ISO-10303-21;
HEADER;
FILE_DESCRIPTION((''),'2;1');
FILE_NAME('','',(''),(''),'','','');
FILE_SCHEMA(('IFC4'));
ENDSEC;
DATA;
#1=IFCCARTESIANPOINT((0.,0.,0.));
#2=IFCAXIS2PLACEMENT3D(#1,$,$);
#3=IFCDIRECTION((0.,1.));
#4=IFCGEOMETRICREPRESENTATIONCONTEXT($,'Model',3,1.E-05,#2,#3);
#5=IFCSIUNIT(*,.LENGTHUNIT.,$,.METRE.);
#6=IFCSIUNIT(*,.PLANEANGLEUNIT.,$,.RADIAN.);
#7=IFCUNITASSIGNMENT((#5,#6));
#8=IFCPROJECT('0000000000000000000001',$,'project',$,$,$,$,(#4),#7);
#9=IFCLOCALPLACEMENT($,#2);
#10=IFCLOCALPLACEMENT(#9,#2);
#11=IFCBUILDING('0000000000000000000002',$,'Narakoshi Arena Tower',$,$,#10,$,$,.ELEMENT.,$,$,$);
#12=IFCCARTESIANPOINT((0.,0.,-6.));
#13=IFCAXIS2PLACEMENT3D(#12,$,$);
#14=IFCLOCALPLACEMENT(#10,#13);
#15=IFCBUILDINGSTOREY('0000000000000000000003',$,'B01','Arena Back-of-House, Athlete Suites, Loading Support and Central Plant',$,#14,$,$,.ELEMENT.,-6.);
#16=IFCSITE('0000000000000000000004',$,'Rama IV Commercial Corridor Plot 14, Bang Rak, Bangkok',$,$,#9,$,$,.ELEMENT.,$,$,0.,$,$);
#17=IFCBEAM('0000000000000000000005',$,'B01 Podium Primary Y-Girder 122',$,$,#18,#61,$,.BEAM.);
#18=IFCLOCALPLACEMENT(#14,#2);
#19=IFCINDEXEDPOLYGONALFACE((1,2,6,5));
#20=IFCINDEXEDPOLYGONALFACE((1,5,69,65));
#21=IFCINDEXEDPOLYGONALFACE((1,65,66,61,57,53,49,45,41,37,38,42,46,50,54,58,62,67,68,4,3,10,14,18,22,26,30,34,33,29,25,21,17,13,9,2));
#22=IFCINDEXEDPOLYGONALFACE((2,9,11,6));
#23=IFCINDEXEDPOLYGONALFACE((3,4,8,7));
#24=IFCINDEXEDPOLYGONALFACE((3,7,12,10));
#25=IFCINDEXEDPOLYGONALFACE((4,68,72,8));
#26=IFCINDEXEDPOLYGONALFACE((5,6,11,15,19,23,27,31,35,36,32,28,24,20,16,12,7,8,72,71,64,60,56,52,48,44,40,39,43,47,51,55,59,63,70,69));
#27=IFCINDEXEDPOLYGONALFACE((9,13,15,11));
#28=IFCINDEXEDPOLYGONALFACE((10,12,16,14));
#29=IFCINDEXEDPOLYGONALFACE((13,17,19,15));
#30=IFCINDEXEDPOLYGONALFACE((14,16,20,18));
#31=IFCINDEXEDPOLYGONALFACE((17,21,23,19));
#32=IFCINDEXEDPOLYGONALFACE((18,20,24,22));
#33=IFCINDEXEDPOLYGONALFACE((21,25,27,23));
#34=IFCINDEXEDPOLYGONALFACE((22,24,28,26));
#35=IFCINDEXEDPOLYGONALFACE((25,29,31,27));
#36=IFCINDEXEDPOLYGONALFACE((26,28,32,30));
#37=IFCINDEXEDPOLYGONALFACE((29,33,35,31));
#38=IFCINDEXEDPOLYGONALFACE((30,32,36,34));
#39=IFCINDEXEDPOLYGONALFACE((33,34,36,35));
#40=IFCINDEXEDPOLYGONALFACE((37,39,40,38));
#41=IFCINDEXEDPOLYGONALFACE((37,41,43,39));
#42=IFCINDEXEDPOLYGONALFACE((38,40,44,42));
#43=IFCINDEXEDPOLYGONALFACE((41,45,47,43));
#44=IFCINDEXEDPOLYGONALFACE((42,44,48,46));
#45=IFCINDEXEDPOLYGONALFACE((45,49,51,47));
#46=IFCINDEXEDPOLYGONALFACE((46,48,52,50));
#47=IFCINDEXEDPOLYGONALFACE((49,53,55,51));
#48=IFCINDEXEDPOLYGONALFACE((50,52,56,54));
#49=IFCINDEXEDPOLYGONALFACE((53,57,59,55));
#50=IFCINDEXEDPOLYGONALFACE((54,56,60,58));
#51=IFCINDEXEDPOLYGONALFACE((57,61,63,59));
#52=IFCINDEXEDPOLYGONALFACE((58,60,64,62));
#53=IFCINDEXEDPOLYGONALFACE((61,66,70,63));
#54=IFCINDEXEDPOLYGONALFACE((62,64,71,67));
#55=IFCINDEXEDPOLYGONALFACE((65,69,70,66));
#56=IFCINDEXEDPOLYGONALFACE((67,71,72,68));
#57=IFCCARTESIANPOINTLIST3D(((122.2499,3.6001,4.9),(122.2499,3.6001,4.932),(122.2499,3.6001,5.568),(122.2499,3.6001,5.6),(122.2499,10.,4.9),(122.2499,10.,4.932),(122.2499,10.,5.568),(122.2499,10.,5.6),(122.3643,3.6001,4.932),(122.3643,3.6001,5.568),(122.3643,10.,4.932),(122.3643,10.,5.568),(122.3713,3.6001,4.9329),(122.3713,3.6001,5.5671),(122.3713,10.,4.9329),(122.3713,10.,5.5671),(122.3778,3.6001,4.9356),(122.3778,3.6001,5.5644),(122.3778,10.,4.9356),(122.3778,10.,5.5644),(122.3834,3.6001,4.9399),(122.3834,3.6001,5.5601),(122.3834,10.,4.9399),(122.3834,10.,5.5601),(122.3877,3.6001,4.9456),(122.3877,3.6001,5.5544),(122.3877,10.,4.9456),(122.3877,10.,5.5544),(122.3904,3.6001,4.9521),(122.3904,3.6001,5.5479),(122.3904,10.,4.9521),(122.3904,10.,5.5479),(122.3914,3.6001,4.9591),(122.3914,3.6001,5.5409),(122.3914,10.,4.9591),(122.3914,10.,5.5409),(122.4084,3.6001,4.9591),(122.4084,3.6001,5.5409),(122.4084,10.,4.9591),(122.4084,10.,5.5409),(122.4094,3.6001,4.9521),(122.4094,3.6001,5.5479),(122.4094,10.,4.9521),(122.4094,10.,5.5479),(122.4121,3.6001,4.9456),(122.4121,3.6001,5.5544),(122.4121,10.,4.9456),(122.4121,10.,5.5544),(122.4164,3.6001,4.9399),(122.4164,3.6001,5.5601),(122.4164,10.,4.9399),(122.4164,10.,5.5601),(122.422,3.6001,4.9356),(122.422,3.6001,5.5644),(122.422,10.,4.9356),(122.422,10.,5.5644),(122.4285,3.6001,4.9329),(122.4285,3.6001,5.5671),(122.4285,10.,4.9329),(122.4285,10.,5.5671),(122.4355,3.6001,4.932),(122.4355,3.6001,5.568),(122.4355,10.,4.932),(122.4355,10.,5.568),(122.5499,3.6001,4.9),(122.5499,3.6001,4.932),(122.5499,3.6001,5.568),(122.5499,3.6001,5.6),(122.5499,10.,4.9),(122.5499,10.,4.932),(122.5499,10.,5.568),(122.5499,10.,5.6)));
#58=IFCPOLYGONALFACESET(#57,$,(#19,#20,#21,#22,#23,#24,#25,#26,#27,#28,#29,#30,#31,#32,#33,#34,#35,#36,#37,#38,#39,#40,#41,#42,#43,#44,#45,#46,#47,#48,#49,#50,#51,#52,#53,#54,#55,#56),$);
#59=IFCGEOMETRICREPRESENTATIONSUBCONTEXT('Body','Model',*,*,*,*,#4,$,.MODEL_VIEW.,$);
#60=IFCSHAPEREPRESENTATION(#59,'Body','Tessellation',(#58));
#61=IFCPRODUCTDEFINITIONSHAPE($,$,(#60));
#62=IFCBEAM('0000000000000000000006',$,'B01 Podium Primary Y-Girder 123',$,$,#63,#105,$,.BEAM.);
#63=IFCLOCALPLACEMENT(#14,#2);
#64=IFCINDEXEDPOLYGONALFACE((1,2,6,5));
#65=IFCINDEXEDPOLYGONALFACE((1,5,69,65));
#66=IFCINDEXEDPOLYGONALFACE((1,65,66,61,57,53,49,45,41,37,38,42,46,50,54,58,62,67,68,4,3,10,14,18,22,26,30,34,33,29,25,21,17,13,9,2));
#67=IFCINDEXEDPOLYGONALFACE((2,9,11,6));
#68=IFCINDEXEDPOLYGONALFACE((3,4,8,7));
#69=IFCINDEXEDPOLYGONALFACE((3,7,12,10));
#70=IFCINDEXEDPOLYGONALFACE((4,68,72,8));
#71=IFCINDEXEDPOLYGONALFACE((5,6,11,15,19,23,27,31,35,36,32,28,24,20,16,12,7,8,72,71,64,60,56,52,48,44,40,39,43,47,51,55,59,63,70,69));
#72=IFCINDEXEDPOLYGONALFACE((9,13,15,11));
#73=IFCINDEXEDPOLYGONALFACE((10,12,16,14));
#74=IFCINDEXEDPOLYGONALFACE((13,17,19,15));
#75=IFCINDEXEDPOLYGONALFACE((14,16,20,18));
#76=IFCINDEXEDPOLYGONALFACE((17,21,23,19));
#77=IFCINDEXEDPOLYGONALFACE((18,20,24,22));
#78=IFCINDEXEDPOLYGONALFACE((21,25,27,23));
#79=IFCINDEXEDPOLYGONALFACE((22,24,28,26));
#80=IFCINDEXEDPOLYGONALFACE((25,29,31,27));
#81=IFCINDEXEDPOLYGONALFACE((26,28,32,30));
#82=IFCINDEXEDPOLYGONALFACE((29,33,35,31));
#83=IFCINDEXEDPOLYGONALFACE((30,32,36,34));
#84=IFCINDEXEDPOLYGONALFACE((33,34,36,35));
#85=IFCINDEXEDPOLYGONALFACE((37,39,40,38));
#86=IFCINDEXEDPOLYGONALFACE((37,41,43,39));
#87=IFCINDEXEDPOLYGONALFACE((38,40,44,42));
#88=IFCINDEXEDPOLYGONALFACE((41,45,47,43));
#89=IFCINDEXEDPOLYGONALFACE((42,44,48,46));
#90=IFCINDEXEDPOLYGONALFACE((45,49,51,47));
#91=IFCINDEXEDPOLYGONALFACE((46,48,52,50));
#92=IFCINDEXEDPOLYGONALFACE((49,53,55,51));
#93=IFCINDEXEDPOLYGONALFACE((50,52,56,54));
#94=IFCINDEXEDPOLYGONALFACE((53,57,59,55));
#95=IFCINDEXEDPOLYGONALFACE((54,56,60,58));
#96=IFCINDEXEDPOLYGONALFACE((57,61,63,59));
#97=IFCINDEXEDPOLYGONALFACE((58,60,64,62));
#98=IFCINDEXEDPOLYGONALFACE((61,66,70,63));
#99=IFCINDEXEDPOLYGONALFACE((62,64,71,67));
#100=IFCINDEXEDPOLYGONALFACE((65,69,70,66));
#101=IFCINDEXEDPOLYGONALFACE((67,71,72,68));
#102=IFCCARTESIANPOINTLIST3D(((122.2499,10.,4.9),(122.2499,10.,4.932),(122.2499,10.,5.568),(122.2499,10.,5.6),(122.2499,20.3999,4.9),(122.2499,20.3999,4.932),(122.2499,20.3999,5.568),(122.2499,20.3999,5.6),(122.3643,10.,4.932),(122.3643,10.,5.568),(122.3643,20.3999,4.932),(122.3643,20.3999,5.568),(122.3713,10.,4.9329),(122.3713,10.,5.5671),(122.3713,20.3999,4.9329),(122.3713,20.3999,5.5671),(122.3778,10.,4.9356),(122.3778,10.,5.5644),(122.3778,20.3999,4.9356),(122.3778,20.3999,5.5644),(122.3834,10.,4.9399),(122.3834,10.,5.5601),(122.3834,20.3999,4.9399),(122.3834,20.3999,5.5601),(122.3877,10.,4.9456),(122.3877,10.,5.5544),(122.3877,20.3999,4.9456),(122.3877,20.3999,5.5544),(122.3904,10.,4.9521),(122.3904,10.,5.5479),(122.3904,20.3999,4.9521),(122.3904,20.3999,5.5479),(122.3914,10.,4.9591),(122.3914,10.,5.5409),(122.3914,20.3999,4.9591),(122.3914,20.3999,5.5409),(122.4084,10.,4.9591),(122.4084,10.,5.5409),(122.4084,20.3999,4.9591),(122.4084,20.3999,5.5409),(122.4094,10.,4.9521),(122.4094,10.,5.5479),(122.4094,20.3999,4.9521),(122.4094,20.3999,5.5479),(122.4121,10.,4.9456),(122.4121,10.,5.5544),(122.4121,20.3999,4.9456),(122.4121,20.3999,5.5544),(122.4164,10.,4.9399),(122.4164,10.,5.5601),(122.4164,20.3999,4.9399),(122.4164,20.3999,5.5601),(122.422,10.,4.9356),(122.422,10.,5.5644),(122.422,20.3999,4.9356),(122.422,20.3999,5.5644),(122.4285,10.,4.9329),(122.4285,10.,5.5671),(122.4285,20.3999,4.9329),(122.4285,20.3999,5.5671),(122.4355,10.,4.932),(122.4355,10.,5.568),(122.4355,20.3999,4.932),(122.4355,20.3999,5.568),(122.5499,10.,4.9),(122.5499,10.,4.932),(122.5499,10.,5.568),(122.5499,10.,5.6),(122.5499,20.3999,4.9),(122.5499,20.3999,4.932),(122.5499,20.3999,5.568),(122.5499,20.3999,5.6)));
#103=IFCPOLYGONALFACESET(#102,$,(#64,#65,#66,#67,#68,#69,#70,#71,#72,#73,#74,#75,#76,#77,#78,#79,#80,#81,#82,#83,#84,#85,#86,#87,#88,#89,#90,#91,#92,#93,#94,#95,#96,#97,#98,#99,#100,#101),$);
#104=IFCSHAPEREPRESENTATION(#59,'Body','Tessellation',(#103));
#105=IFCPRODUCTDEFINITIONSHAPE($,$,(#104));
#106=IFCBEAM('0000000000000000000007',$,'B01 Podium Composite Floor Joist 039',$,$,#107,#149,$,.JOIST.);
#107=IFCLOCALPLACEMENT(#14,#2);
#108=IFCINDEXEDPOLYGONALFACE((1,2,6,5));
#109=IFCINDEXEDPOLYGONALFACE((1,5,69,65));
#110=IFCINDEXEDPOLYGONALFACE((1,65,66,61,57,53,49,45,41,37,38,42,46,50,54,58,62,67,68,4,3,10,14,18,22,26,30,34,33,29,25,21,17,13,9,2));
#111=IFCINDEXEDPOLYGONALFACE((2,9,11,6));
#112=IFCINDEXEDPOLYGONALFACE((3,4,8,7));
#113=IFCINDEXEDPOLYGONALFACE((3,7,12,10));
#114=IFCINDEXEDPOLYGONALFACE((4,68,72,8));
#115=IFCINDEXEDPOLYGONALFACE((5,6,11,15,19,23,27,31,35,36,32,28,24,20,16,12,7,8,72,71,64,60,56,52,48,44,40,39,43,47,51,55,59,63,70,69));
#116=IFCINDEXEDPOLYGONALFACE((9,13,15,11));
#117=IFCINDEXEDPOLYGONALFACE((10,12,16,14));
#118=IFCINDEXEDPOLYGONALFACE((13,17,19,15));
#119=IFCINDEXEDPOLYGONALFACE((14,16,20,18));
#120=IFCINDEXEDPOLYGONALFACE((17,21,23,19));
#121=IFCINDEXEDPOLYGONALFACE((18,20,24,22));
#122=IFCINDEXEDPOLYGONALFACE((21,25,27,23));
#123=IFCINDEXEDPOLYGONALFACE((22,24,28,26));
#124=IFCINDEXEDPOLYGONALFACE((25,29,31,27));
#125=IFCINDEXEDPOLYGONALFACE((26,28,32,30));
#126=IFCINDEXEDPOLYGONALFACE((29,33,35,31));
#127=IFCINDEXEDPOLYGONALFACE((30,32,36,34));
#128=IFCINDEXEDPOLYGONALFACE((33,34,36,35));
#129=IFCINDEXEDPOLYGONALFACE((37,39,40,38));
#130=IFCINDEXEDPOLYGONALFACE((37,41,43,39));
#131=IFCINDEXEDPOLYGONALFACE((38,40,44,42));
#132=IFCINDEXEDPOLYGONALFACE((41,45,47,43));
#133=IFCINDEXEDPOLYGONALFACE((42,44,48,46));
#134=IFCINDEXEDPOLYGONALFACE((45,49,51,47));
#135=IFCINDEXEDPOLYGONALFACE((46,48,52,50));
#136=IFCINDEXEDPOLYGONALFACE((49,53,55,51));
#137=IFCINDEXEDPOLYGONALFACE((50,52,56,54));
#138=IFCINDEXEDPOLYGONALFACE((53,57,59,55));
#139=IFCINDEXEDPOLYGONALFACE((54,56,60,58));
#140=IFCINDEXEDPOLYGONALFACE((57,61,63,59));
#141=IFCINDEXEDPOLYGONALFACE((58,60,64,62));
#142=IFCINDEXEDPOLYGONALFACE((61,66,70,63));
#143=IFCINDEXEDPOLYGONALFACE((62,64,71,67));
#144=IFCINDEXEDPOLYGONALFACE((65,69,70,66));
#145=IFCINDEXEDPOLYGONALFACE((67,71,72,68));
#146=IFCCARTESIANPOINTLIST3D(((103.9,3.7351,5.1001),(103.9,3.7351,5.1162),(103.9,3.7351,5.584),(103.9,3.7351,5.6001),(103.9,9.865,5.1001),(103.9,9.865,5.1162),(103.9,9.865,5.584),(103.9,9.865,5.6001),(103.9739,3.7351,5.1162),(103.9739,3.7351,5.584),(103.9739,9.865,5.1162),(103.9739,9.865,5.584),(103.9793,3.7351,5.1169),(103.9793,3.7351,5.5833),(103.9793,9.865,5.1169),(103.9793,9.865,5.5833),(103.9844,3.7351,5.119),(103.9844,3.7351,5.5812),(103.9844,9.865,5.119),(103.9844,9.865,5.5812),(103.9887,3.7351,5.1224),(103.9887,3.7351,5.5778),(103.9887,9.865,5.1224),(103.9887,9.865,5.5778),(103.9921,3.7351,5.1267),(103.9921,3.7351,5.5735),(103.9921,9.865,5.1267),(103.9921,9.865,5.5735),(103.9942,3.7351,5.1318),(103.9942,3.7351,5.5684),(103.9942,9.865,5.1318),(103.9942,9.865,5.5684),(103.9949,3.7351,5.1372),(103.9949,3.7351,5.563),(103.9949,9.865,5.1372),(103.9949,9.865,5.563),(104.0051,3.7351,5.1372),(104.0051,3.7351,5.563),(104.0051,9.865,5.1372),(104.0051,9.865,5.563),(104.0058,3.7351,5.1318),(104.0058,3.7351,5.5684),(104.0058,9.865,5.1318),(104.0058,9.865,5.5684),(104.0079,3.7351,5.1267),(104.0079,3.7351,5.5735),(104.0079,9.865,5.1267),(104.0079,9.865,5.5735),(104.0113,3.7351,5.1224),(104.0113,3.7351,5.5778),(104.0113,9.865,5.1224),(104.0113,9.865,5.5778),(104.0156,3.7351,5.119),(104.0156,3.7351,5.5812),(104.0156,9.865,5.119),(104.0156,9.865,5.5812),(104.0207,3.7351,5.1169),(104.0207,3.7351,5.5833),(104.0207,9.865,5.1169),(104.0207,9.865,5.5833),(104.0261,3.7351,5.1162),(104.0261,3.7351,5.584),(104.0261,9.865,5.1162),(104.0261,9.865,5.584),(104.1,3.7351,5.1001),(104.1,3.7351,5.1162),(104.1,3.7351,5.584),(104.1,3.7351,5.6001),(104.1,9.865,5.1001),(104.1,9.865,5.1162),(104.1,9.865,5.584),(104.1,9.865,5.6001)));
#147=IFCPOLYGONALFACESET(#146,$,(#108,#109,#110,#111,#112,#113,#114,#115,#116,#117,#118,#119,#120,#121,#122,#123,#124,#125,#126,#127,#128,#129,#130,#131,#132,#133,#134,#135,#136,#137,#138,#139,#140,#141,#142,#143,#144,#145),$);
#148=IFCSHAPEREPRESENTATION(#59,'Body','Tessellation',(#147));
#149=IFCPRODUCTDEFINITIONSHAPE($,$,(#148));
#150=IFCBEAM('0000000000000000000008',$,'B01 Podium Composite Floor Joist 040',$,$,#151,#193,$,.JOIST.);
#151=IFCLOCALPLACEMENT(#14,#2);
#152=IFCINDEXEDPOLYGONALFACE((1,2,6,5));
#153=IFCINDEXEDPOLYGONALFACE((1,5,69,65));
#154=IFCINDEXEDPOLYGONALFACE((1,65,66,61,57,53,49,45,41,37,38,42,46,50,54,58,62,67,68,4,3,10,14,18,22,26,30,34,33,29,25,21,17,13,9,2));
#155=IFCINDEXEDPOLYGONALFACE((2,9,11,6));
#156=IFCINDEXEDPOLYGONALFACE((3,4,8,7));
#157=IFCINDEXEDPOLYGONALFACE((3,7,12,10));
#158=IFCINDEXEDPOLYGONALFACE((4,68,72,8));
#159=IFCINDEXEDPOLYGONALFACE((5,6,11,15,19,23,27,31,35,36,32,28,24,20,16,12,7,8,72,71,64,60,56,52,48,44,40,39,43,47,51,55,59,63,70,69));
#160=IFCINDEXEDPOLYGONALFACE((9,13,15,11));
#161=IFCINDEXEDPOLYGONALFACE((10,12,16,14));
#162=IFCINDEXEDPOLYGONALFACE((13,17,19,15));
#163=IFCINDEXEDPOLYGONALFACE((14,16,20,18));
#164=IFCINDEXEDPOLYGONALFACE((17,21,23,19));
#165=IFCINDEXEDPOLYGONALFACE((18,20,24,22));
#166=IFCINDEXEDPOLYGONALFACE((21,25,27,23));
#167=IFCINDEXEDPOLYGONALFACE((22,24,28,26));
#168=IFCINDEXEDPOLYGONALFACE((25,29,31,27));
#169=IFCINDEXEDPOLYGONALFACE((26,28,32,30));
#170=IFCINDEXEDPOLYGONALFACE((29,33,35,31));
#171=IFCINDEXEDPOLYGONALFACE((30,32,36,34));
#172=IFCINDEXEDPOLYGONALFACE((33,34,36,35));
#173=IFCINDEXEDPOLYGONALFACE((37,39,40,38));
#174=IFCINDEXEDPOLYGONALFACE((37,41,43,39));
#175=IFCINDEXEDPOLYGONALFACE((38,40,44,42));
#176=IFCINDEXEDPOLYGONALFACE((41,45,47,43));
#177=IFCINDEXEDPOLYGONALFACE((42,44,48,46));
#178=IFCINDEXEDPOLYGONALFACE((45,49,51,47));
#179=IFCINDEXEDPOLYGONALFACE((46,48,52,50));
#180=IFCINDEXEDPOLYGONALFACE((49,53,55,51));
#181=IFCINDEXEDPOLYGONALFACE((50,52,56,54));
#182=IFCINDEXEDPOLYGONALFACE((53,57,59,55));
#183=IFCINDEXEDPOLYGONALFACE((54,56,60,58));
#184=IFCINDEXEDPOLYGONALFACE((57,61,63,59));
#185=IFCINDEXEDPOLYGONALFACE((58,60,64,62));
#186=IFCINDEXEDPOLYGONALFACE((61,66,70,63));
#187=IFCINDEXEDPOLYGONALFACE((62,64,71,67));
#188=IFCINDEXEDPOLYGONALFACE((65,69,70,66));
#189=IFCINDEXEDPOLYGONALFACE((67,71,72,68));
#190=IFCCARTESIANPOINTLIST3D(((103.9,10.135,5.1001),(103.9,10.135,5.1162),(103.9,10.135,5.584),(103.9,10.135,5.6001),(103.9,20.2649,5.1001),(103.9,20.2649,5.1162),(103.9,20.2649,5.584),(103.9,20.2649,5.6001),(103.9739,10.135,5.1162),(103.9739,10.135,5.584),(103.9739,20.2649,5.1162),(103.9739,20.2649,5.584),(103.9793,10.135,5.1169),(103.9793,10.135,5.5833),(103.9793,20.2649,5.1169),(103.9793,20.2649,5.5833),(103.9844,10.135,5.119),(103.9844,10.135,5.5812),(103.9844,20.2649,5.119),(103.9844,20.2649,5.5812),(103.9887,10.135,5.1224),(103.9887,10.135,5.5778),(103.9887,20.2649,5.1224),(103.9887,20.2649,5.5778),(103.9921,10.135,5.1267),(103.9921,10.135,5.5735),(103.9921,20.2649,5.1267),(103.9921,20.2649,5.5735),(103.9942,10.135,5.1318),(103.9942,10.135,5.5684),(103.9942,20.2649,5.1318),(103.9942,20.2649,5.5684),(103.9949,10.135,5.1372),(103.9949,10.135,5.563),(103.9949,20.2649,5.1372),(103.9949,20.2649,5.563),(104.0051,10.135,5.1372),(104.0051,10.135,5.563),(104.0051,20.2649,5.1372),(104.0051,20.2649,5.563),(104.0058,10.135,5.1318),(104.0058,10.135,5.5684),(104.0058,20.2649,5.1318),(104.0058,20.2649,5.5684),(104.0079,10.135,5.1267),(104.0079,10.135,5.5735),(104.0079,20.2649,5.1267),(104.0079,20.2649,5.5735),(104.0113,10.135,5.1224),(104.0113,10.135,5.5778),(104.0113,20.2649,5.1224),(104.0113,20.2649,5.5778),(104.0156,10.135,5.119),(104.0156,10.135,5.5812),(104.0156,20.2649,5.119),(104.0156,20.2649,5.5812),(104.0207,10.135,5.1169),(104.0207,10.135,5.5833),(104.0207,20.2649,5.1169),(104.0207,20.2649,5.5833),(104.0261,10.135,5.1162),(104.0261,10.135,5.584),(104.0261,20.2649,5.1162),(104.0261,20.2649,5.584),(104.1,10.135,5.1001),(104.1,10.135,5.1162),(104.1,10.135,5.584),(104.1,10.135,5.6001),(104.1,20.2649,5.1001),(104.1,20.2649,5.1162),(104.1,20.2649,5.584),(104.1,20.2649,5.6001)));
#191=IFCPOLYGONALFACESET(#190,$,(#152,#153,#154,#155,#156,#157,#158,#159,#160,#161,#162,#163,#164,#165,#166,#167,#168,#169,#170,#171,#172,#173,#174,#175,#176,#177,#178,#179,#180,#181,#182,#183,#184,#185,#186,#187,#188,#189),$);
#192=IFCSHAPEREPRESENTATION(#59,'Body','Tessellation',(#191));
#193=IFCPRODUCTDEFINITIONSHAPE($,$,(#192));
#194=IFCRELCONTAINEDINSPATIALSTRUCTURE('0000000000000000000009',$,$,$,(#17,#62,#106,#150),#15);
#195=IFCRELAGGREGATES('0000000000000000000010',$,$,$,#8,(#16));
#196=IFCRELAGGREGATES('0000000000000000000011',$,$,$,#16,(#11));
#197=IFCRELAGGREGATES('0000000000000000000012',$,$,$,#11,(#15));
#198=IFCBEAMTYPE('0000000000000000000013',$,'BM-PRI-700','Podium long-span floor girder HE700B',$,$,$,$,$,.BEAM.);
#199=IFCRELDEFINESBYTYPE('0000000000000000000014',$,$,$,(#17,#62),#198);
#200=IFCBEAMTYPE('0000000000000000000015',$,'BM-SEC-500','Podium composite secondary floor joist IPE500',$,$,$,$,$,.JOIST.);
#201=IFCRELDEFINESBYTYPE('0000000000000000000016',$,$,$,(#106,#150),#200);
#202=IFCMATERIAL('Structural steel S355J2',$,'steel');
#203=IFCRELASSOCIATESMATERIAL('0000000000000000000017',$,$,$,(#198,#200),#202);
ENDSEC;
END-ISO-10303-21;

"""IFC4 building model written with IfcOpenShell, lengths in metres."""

from ifc_helpers import new_model, si_unit, direction, frame, origin, origin_2d, place, context, subcontext, project, spatial, i_section, extrude, material, material_profile, profile_set, type_object, element, save


model = new_model("IFC4")

# Units and contexts
model_context = context("Model", 3, precision=1e-05, world=origin(), true_north=direction((0.0, 1.0)))
body_context = subcontext(model_context, "Body", "Model", "MODEL_VIEW")
ifc_project = project(units=[si_unit("LENGTHUNIT", "METRE"), si_unit("PLANEANGLEUNIT", "RADIAN")], contexts=[model_context])

# Site, building, storey
site_placement = place(None, origin())
site = spatial("IfcSite", under=ifc_project, at=site_placement, Name="Rama IV Commercial Corridor Plot 14, Bang Rak, Bangkok", CompositionType="ELEMENT", RefElevation=0.0)
building_placement = place(site_placement, origin())
building = spatial("IfcBuilding", under=site, at=building_placement, Name="Narakoshi Arena Tower", CompositionType="ELEMENT")
storey_placement = place(building_placement, frame((0.0, 0.0, -6.0)))
storey = spatial("IfcBuildingStorey", under=building, at=storey_placement, Name="B01", Description="Arena Back-of-House, Athlete Suites, Loading Support and Central Plant", CompositionType="ELEMENT", Elevation=-6.0)

# Beams
ifc_material_1 = material(Name="Structural steel S355J2", Category="steel")
ifc_material_profile_1 = material_profile(ifc_material_1, i_section(OverallWidth=0.3, OverallDepth=0.7, WebThickness=0.0171, FlangeThickness=0.032, FilletRadius=0.0271, at=origin_2d()), Name="HE700B")
ifc_profile_set_1 = profile_set([ifc_material_profile_1], Name="Structural steel S355J2")
beam_type_1 = type_object("IfcBeamType", Name="BM-PRI-700", Description="Podium long-span floor girder HE700B", PredefinedType="BEAM", material=ifc_profile_set_1)
beam_1_placement = place(storey_placement, frame((122.3999, 3.6001, 5.25), z_axis=(0.0, 1.0, 0.0), x_axis=(-1.0, 0.0, 0.0)))
element("IfcBeam", 1, at=beam_1_placement, inside=storey, type_object=beam_type_1, Name="B01 Podium Primary Y-Girder 122", PredefinedType="BEAM", context=body_context, shape_type="SweptSolid", body=[
    extrude(i_section(OverallWidth=0.3, OverallDepth=0.7, WebThickness=0.0171, FlangeThickness=0.032, FilletRadius=0.0271, at=origin_2d()), origin(), (0.0, 0.0, 1.0), 6.3999),
])
beam_2_placement = place(storey_placement, frame((122.3999, 10.0, 5.25), z_axis=(0.0, 1.0, 0.0), x_axis=(-1.0, 0.0, 0.0)))
element("IfcBeam", 2, at=beam_2_placement, inside=storey, type_object=beam_type_1, Name="B01 Podium Primary Y-Girder 123", PredefinedType="BEAM", context=body_context, shape_type="SweptSolid", body=[
    extrude(i_section(OverallWidth=0.3, OverallDepth=0.7, WebThickness=0.0171, FlangeThickness=0.032, FilletRadius=0.0271, at=origin_2d()), origin(), (0.0, 0.0, 1.0), 10.3999),
])
ifc_material_profile_2 = material_profile(ifc_material_1, i_section(OverallWidth=0.2, OverallDepth=0.5, WebThickness=0.0103, FlangeThickness=0.0161, FilletRadius=0.021, at=origin_2d()), Name="IPE500")
ifc_profile_set_2 = profile_set([ifc_material_profile_2], Name="Structural steel S355J2")
beam_type_2 = type_object("IfcBeamType", Name="BM-SEC-500", Description="Podium composite secondary floor joist IPE500", PredefinedType="JOIST", material=ifc_profile_set_2)
beam_3_placement = place(storey_placement, frame((104.0, 3.7351, 5.3501), z_axis=(0.0, 1.0, 0.0), x_axis=(-1.0, 0.0, 0.0)))
element("IfcBeam", 3, at=beam_3_placement, inside=storey, type_object=beam_type_2, Name="B01 Podium Composite Floor Joist 039", PredefinedType="JOIST", context=body_context, shape_type="SweptSolid", body=[
    extrude(i_section(OverallWidth=0.2, OverallDepth=0.5, WebThickness=0.0103, FlangeThickness=0.0161, FilletRadius=0.021, at=origin_2d()), origin(), (0.0, 0.0, 1.0), 6.1299),
])
beam_4_placement = place(storey_placement, frame((104.0, 10.135, 5.3501), z_axis=(0.0, 1.0, 0.0), x_axis=(-1.0, 0.0, 0.0)))
element("IfcBeam", 4, at=beam_4_placement, inside=storey, type_object=beam_type_2, Name="B01 Podium Composite Floor Joist 040", PredefinedType="JOIST", context=body_context, shape_type="SweptSolid", body=[
    extrude(i_section(OverallWidth=0.2, OverallDepth=0.5, WebThickness=0.0103, FlangeThickness=0.0161, FilletRadius=0.021, at=origin_2d()), origin(), (0.0, 0.0, 1.0), 10.1299),
])

save(model, "model.ifc")
